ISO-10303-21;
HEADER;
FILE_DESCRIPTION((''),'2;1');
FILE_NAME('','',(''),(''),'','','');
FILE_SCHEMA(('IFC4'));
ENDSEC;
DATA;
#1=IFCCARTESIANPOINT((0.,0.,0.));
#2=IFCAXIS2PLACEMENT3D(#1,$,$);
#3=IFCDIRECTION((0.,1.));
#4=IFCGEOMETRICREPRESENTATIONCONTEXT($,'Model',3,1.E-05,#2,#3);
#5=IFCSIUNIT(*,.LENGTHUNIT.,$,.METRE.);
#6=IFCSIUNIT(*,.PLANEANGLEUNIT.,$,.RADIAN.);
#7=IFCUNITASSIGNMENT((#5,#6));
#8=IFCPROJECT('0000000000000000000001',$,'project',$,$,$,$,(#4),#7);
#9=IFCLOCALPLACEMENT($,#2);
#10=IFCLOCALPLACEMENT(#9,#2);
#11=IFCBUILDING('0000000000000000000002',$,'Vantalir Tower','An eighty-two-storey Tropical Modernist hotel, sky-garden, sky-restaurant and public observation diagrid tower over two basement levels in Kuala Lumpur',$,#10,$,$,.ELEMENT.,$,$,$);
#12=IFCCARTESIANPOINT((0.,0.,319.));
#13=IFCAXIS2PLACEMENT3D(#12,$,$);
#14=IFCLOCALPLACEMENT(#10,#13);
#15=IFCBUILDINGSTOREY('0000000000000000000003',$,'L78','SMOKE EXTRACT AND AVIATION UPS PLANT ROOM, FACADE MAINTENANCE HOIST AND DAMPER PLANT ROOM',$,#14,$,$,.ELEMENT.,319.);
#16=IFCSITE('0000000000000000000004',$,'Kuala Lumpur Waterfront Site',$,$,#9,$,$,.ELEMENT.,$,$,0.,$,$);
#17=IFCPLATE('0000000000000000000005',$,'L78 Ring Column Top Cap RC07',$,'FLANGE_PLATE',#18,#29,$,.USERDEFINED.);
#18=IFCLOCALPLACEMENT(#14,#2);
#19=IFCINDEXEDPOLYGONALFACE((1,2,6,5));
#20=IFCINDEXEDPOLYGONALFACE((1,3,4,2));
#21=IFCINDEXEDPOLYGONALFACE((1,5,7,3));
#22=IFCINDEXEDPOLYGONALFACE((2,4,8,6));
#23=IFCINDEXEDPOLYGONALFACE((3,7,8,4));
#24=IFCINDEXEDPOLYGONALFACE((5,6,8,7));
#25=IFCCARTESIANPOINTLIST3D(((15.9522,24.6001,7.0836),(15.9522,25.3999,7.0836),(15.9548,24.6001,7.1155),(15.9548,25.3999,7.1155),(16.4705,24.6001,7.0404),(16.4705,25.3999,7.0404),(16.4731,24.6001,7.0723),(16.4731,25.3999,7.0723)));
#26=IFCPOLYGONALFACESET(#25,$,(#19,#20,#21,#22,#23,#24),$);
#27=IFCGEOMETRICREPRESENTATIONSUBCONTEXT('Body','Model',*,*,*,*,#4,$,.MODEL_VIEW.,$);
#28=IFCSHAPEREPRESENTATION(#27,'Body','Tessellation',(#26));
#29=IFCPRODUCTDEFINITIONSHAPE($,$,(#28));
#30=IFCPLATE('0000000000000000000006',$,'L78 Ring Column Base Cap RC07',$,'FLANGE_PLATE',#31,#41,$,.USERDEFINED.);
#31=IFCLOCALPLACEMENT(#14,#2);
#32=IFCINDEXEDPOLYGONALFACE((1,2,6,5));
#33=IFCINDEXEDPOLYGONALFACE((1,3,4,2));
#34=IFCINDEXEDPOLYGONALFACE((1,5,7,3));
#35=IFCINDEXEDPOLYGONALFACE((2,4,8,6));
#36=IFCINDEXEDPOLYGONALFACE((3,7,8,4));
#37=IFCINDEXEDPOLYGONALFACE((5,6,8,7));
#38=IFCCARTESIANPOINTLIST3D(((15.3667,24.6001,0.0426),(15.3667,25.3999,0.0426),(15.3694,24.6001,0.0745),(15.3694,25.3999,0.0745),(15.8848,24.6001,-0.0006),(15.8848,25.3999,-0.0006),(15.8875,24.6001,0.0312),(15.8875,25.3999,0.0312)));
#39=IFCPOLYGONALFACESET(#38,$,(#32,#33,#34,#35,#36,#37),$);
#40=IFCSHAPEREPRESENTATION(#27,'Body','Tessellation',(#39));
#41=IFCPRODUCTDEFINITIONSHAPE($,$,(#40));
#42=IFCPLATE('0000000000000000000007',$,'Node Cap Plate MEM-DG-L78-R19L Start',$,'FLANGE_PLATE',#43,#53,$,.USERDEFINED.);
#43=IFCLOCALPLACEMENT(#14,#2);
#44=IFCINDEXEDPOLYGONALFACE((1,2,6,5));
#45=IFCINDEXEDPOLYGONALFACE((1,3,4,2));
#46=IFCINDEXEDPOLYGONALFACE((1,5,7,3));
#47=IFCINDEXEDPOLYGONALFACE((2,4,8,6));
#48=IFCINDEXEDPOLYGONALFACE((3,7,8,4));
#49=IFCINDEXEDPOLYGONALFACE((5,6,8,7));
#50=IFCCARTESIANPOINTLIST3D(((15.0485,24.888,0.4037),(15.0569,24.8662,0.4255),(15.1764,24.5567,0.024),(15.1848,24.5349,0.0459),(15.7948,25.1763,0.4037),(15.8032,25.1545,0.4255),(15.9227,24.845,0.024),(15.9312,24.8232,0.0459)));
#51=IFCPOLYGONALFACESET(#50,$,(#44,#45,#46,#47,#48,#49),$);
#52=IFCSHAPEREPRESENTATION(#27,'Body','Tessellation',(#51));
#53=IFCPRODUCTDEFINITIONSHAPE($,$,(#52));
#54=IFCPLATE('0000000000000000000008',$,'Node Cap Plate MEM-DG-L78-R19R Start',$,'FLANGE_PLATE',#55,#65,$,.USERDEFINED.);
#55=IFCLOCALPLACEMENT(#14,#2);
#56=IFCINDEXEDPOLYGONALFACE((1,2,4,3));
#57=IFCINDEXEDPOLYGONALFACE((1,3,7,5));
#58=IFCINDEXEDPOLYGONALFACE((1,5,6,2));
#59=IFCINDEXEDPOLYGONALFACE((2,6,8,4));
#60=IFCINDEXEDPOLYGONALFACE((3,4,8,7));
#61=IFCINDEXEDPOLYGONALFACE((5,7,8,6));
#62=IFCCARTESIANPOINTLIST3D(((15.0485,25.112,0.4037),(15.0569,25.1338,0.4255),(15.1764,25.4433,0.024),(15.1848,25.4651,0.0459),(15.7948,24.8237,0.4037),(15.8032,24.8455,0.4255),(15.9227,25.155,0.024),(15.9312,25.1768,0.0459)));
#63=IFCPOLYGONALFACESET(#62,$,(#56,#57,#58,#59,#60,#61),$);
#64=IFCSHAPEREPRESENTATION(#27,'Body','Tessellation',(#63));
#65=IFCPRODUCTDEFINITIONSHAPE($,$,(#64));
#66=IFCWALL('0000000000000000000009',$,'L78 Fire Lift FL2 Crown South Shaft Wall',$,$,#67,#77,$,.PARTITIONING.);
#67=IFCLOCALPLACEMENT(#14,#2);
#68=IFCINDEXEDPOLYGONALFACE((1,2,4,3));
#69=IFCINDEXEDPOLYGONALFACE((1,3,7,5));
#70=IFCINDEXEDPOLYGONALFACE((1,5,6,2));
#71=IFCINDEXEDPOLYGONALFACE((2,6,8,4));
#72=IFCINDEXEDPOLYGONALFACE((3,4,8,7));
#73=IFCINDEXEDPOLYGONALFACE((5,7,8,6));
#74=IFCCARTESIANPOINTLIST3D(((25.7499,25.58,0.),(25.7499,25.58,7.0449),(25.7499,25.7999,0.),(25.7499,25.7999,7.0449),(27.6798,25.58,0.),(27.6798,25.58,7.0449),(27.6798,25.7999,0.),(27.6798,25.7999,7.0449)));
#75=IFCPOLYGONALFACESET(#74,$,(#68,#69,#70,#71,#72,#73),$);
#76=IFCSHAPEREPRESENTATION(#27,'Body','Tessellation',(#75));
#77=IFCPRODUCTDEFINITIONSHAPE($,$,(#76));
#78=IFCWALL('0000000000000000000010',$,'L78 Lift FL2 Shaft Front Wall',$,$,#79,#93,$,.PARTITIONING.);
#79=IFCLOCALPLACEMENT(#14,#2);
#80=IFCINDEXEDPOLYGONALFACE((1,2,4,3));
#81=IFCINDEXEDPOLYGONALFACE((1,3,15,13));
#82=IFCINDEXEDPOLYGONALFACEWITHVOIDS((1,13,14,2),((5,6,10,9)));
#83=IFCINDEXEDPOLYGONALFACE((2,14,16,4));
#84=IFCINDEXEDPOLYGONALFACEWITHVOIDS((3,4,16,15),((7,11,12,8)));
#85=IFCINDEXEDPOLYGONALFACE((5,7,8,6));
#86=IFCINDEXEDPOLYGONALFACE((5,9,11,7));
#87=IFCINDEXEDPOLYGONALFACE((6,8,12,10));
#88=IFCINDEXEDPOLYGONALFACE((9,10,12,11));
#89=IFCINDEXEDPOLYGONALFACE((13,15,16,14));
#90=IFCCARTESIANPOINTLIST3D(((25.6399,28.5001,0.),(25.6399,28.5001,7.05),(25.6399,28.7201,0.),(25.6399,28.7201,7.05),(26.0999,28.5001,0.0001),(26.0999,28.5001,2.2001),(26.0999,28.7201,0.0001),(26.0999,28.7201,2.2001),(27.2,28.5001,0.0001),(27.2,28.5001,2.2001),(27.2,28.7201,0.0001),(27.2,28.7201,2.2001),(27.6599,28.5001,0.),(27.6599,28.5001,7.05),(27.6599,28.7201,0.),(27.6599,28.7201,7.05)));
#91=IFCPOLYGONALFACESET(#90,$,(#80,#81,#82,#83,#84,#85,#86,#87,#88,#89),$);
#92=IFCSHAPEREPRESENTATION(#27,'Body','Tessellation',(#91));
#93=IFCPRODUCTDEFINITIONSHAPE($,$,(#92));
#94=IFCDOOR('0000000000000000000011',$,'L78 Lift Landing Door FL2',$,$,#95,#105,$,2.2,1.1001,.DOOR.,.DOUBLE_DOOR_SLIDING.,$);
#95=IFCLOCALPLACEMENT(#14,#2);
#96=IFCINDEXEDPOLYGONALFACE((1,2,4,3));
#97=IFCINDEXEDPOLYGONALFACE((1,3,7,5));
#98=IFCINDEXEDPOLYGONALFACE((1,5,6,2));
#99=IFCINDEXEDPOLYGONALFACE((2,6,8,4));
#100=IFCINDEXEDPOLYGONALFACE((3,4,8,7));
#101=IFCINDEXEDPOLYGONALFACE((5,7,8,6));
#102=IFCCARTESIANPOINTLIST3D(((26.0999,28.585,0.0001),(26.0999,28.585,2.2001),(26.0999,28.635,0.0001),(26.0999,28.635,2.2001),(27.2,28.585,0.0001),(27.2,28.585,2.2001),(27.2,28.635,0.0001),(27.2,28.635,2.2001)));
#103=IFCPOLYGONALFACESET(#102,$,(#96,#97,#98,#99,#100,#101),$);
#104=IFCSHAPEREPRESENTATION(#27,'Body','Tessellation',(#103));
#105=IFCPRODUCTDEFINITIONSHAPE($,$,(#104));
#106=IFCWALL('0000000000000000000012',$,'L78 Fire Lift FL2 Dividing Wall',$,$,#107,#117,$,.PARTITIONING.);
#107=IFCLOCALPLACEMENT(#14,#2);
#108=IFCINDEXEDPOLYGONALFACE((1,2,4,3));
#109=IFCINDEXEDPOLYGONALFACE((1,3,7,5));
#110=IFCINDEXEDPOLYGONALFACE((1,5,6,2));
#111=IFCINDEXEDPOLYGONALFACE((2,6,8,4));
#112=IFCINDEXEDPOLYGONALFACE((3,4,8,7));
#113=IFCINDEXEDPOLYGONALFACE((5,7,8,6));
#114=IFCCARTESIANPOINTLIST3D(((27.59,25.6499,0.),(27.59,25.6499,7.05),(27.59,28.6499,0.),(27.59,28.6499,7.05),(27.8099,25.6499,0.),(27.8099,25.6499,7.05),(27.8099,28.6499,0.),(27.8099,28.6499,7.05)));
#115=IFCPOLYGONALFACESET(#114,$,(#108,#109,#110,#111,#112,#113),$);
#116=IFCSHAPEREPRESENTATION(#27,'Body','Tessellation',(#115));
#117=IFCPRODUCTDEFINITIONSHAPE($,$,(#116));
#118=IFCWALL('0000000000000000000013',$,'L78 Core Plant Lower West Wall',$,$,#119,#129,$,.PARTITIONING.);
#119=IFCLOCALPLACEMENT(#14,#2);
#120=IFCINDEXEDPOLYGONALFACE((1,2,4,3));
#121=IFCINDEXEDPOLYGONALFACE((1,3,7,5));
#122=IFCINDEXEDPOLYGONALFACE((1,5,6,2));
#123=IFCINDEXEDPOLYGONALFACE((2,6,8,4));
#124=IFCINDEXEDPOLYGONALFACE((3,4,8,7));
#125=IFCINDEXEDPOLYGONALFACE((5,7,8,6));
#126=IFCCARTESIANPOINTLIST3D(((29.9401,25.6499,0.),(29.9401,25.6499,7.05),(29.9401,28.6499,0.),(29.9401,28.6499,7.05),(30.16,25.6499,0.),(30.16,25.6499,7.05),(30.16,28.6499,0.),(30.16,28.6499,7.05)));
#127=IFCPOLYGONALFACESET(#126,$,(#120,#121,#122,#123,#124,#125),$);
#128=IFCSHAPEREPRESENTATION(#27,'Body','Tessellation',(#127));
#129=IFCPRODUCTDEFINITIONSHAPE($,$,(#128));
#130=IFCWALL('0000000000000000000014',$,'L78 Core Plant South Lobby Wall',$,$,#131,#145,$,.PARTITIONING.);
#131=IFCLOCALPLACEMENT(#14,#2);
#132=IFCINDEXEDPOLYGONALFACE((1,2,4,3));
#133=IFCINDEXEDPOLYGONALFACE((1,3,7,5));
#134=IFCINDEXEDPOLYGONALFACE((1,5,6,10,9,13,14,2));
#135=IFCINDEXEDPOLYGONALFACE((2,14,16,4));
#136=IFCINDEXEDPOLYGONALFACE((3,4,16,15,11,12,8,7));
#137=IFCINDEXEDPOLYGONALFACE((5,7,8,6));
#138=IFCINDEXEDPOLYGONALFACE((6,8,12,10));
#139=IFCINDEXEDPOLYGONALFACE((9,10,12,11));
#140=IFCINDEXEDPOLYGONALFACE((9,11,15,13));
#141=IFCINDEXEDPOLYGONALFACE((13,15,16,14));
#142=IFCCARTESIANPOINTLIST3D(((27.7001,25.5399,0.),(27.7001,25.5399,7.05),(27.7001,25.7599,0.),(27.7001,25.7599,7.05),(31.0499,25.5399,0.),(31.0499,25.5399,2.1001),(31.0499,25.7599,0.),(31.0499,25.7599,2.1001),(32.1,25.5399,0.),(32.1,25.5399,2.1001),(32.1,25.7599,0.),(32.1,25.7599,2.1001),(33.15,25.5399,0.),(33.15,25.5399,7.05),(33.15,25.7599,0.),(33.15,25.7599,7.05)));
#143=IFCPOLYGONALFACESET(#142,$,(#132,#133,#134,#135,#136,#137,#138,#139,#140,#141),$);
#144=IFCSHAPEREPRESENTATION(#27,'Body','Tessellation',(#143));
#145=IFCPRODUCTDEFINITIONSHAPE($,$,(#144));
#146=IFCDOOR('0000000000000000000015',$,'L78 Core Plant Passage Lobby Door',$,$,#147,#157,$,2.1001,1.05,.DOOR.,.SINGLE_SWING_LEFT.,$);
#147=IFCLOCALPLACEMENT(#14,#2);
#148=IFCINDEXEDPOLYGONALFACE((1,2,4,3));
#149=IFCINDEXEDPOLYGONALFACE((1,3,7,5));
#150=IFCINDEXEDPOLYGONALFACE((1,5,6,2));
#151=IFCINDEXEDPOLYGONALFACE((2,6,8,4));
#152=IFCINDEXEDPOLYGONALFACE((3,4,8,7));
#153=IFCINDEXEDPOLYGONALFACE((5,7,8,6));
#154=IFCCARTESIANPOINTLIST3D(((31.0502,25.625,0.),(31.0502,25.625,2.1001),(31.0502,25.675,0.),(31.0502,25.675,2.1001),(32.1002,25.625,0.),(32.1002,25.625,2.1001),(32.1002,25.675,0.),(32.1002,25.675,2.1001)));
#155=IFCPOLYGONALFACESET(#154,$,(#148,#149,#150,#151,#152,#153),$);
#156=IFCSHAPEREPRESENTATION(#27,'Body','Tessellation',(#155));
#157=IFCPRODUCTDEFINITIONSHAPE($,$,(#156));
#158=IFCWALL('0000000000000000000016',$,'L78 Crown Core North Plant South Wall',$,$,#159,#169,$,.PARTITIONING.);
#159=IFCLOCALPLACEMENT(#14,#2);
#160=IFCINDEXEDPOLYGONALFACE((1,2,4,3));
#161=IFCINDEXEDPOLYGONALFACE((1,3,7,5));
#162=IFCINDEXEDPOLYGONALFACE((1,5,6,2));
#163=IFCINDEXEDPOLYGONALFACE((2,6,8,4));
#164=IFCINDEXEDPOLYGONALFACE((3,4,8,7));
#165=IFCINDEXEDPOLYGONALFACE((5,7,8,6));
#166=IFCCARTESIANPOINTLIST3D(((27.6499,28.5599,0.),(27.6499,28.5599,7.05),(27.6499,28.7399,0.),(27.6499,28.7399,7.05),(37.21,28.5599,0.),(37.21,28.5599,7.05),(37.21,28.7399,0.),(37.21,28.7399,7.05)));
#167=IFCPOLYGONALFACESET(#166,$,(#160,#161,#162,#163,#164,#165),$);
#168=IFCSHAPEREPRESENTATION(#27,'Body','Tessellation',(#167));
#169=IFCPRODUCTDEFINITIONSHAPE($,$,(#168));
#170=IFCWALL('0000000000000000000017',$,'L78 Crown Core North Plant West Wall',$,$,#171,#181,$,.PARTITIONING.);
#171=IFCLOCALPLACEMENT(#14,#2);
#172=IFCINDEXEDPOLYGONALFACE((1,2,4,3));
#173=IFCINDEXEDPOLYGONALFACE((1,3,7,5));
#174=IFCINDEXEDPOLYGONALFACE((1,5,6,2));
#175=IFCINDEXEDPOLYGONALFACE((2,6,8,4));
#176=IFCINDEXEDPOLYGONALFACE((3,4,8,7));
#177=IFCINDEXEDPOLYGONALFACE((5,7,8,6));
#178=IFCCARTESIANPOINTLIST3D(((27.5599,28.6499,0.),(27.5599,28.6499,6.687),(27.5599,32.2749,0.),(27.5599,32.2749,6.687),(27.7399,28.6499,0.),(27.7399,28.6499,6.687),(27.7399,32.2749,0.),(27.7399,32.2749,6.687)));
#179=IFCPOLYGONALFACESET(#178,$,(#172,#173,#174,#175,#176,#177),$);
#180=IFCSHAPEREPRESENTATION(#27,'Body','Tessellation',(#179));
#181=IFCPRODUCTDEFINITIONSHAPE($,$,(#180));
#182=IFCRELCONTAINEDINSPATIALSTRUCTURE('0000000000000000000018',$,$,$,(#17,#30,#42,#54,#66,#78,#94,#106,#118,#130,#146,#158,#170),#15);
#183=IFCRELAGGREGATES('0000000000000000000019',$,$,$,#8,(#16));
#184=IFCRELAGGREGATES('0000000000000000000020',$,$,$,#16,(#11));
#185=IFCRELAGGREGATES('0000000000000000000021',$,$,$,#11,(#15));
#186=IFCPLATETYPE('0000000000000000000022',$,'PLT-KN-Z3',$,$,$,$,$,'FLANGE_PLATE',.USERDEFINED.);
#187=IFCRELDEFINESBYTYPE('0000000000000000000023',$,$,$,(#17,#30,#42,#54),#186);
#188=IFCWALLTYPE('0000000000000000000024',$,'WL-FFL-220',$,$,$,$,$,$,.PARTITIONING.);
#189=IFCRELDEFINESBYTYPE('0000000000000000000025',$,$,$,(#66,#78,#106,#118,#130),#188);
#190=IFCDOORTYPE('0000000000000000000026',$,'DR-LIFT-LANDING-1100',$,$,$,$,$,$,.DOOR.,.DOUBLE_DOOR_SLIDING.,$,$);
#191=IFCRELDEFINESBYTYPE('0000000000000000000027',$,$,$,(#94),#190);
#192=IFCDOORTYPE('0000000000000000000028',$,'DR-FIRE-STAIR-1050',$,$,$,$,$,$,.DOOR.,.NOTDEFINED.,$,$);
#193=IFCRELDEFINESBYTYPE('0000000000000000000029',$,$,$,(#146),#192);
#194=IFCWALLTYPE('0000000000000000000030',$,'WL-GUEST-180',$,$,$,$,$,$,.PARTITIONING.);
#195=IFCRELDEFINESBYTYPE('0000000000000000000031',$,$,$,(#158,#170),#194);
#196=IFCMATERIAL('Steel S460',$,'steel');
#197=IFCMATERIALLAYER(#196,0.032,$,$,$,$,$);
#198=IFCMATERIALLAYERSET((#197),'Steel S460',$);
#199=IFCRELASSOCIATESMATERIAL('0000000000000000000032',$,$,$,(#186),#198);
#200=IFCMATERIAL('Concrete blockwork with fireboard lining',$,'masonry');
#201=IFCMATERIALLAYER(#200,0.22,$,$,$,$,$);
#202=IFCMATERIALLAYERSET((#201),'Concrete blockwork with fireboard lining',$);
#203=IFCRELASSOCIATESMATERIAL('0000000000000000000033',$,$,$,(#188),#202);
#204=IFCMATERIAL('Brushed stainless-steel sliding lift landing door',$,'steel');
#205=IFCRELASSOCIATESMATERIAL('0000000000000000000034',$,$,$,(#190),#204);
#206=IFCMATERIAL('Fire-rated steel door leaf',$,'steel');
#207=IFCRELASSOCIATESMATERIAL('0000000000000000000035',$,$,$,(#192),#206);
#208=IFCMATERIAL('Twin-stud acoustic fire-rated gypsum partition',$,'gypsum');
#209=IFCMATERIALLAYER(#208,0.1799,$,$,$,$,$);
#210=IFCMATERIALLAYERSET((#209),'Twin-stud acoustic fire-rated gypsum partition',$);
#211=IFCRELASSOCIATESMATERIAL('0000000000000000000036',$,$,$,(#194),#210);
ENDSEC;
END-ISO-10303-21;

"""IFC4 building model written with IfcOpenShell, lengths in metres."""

from ifc_helpers import new_model, si_unit, direction, frame, frame_2d, origin, place, context, subcontext, project, spatial, polyline, rectangle, outline, extrude, material, layer, layer_set, type_object, element, fill, save


model = new_model("IFC4")

# Units and contexts
model_context = context("Model", 3, precision=1e-05, world=origin(), true_north=direction((0.0, 1.0)))
body_context = subcontext(model_context, "Body", "Model", "MODEL_VIEW")
ifc_project = project(units=[si_unit("LENGTHUNIT", "METRE"), si_unit("PLANEANGLEUNIT", "RADIAN")], contexts=[model_context])

# Site, building, storey
site_placement = place(None, origin())
site = spatial("IfcSite", under=ifc_project, at=site_placement, Name="Kuala Lumpur Waterfront Site", CompositionType="ELEMENT", RefElevation=0.0)
building_placement = place(site_placement, origin())
building = spatial("IfcBuilding", under=site, at=building_placement, Name="Vantalir Tower", Description="An eighty-two-storey Tropical Modernist hotel, sky-garden, sky-restaurant and public observation diagrid tower over two basement levels in Kuala Lumpur", CompositionType="ELEMENT")
storey_placement = place(building_placement, frame((0.0, 0.0, 319.0)))
storey = spatial("IfcBuildingStorey", under=building, at=storey_placement, Name="L78", Description="SMOKE EXTRACT AND AVIATION UPS PLANT ROOM, FACADE MAINTENANCE HOIST AND DAMPER PLANT ROOM", CompositionType="ELEMENT", Elevation=319.0)

# Shared definitions
ifc_material_1 = material(Name="Steel S460", Category="steel")

# Plates
ifc_layer_1 = layer(ifc_material_1, 0.032)
ifc_layer_set_1 = layer_set([ifc_layer_1], Name="Steel S460")
plate_type_1 = type_object("IfcPlateType", Name="PLT-KN-Z3", ElementType="FLANGE_PLATE", PredefinedType="USERDEFINED", material=ifc_layer_set_1)
plate_1_placement = place(storey_placement, frame((15.9548, 25.3999, 7.1155), z_axis=(0.083084, 0.0, 0.996543), x_axis=(0.0, -1.0, 0.0)))
element("IfcPlate", 1, at=plate_1_placement, inside=storey, type_object=plate_type_1, Name="L78 Ring Column Top Cap RC07", ObjectType="FLANGE_PLATE", PredefinedType="USERDEFINED", context=body_context, shape_type="SweptSolid", body=[
    extrude(outline(polyline([(0.0, 0.0), (0.7998, 0.0), (0.7998, 0.5201), (0.0, 0.5201), (0.0, 0.0)])), origin(), (0.0, 0.0, -1.0), 0.032),
])
plate_2_placement = place(storey_placement, frame((15.3694, 25.3999, 0.0745), z_axis=(0.083123, 0.0, 0.996539), x_axis=(0.0, -1.0, 0.0)))
element("IfcPlate", 2, at=plate_2_placement, inside=storey, type_object=plate_type_1, Name="L78 Ring Column Base Cap RC07", ObjectType="FLANGE_PLATE", PredefinedType="USERDEFINED", context=body_context, shape_type="SweptSolid", body=[
    extrude(outline(polyline([(0.0, 0.0), (0.7998, 0.0), (0.7998, 0.5199), (0.0, 0.5199), (0.0, 0.0)])), origin(), (0.0, 0.0, -1.0), 0.032),
])
plate_3_placement = place(storey_placement, frame((15.1848, 24.5349, 0.0459), z_axis=(0.263169, -0.681209, 0.683152), x_axis=(0.93281, 0.360369, 0.0)))
element("IfcPlate", 3, at=plate_3_placement, inside=storey, type_object=plate_type_1, Name="Node Cap Plate MEM-DG-L78-R19L Start", ObjectType="FLANGE_PLATE", PredefinedType="USERDEFINED", context=body_context, shape_type="SweptSolid", body=[
    extrude(outline(polyline([(0.0, 0.0), (0.8001, 0.0), (0.8002, 0.5199), (0.0001, 0.5199), (0.0, 0.0)])), origin(), (0.0, 0.0, -1.0), 0.032),
])
plate_4_placement = place(storey_placement, frame((15.9312, 25.1768, 0.0459), z_axis=(0.263169, 0.681209, 0.683152), x_axis=(-0.93281, 0.360369, 0.0)))
element("IfcPlate", 4, at=plate_4_placement, inside=storey, type_object=plate_type_1, Name="Node Cap Plate MEM-DG-L78-R19R Start", ObjectType="FLANGE_PLATE", PredefinedType="USERDEFINED", context=body_context, shape_type="SweptSolid", body=[
    extrude(outline(polyline([(0.0, 0.0), (0.8001, 0.0), (0.8, 0.5199), (-0.0001, 0.5199), (0.0, 0.0)])), origin(), (0.0, 0.0, -1.0), 0.032),
])

# Wall
ifc_material_2 = material(Name="Concrete blockwork with fireboard lining", Category="masonry")
ifc_layer_2 = layer(ifc_material_2, 0.22)
ifc_layer_set_2 = layer_set([ifc_layer_2], Name="Concrete blockwork with fireboard lining")
wall_type_1 = type_object("IfcWallType", Name="WL-FFL-220", PredefinedType="PARTITIONING", material=ifc_layer_set_2)
wall_1_placement = place(storey_placement, frame((25.75, 25.6899, 0.0), z_axis=(0.0, 0.0, 1.0), x_axis=(1.0, 0.0, 0.0)))
element("IfcWall", 5, at=wall_1_placement, inside=storey, type_object=wall_type_1, Name="L78 Fire Lift FL2 Crown South Shaft Wall", PredefinedType="PARTITIONING", context=body_context, shape_type="SweptSolid", body=[
    extrude(rectangle(XDim=1.9299, YDim=0.22, at=frame_2d((0.9648, 0.0))), origin(), (0.0, 0.0, 1.0), 7.0449),
])

# Wall, opening, door
wall_2_placement = place(storey_placement, frame((25.6399, 28.6101, 0.0), z_axis=(0.0, 0.0, 1.0), x_axis=(1.0, 0.0, 0.0)))
wall_2 = element("IfcWall", 6, at=wall_2_placement, inside=storey, type_object=wall_type_1, Name="L78 Lift FL2 Shaft Front Wall", PredefinedType="PARTITIONING", context=body_context, shape_type="SweptSolid", body=[
    extrude(rectangle(XDim=2.02, YDim=0.22, at=frame_2d((1.01, 0.0))), origin(), (0.0, 0.0, 1.0), 7.05),
])
opening_1_placement = place(wall_2_placement, frame((0.46, 0.0, 0.0)))
opening_1 = element("IfcOpeningElement", 7, at=opening_1_placement, cuts=wall_2, PredefinedType="OPENING", context=body_context, shape_type="SweptSolid", body=[
    extrude(rectangle(XDim=1.1001, YDim=2.2, at=frame_2d((0.55, 1.1001))), frame((0.0, 0.1199, 0.0), z_axis=(0.0, -1.0, 0.0), x_axis=(1.0, 0.0, 0.0)), (0.0, 0.0, 1.0), 0.24),
])
ifc_material_3 = material(Name="Brushed stainless-steel sliding lift landing door", Category="steel")
door_type_1 = type_object("IfcDoorType", Name="DR-LIFT-LANDING-1100", OperationType="DOUBLE_DOOR_SLIDING", PredefinedType="DOOR", material=ifc_material_3)
door_1_placement = place(opening_1_placement, origin())
door_1 = element("IfcDoor", 8, at=door_1_placement, inside=storey, type_object=door_type_1, Name="L78 Lift Landing Door FL2", OperationType="DOUBLE_DOOR_SLIDING", OverallHeight=2.2, OverallWidth=1.1001, PredefinedType="DOOR", context=body_context, shape_type="SweptSolid", body=[
    extrude(rectangle(XDim=1.1001, YDim=2.2, at=frame_2d((0.55, 1.1001))), frame((0.0, 0.0249, 0.0), z_axis=(0.0, -1.0, 0.0), x_axis=(1.0, 0.0, 0.0)), (0.0, 0.0, 1.0), 0.05),
])
fill(opening_1, door_1)

# Walls
for number, where, z_axis, x_axis, name in (
    (9, (27.7, 25.6499, 0.0), (0.0, 0.0, 1.0), (0.0, 1.0, 0.0), "L78 Fire Lift FL2 Dividing Wall"),
    (10, (30.05, 25.6499, 0.0), (0.0, 0.0, 1.0), (0.0, 1.0, 0.0), "L78 Core Plant Lower West Wall"),
):
    element("IfcWall", number, at=place(storey_placement, frame(where, z_axis=z_axis, x_axis=x_axis)), inside=storey, type_object=wall_type_1, Name=name, PredefinedType="PARTITIONING", context=body_context, shape_type="SweptSolid", body=[
        extrude(rectangle(XDim=3.0, YDim=0.22, at=frame_2d((1.5, 0.0))), origin(), (0.0, 0.0, 1.0), 7.05),
    ])

# Wall, opening, door
wall_3_placement = place(storey_placement, frame((27.7, 25.6499, 0.0), z_axis=(0.0, 0.0, 1.0), x_axis=(1.0, 0.0, 0.0)))
wall_3 = element("IfcWall", 11, at=wall_3_placement, inside=storey, type_object=wall_type_1, Name="L78 Core Plant South Lobby Wall", PredefinedType="PARTITIONING", context=body_context, shape_type="SweptSolid", body=[
    extrude(rectangle(XDim=5.45, YDim=0.22, at=frame_2d((2.7251, 0.0))), origin(), (0.0, 0.0, 1.0), 7.05),
])
opening_2_placement = place(wall_3_placement, frame((3.3501, 0.0, 0.0)))
opening_2 = element("IfcOpeningElement", 12, at=opening_2_placement, cuts=wall_3, PredefinedType="OPENING", context=body_context, shape_type="SweptSolid", body=[
    extrude(rectangle(XDim=1.05, YDim=2.1001, at=frame_2d((0.5249, 1.05))), frame((0.0, 0.1199, 0.0), z_axis=(0.0, -1.0, 0.0), x_axis=(1.0, 0.0, 0.0)), (0.0, 0.0, 1.0), 0.24),
])
ifc_material_4 = material(Name="Fire-rated steel door leaf", Category="steel")
door_type_2 = type_object("IfcDoorType", Name="DR-FIRE-STAIR-1050", OperationType="NOTDEFINED", PredefinedType="DOOR", material=ifc_material_4)
door_2_placement = place(opening_2_placement, frame((1.05, 0.0, 0.0), z_axis=(0.0, 0.0, 1.0), x_axis=(-1.0, 0.0, 0.0)))
door_2 = element("IfcDoor", 13, at=door_2_placement, inside=storey, type_object=door_type_2, Name="L78 Core Plant Passage Lobby Door", OperationType="SINGLE_SWING_LEFT", OverallHeight=2.1001, OverallWidth=1.05, PredefinedType="DOOR", context=body_context, shape_type="SweptSolid", body=[
    extrude(rectangle(XDim=1.05, YDim=2.1001, at=frame_2d((0.5249, 1.05))), frame((0.0, 0.0249, 0.0), z_axis=(0.0, -1.0, 0.0), x_axis=(1.0, 0.0, 0.0)), (0.0, 0.0, 1.0), 0.05),
])
fill(opening_2, door_2)

# Walls
ifc_material_5 = material(Name="Twin-stud acoustic fire-rated gypsum partition", Category="gypsum")
ifc_layer_3 = layer(ifc_material_5, 0.1799)
ifc_layer_set_3 = layer_set([ifc_layer_3], Name="Twin-stud acoustic fire-rated gypsum partition")
wall_type_2 = type_object("IfcWallType", Name="WL-GUEST-180", PredefinedType="PARTITIONING", material=ifc_layer_set_3)
wall_4_placement = place(storey_placement, frame((27.6499, 28.6499, 0.0), z_axis=(0.0, 0.0, 1.0), x_axis=(1.0, 0.0, 0.0)))
element("IfcWall", 14, at=wall_4_placement, inside=storey, type_object=wall_type_2, Name="L78 Crown Core North Plant South Wall", PredefinedType="PARTITIONING", context=body_context, shape_type="SweptSolid", body=[
    extrude(rectangle(XDim=9.5601, YDim=0.1799, at=frame_2d((4.78, 0.0))), origin(), (0.0, 0.0, 1.0), 7.05),
])
wall_5_placement = place(storey_placement, frame((27.6499, 28.6499, 0.0), z_axis=(0.0, 0.0, 1.0), x_axis=(0.0, 1.0, 0.0)))
element("IfcWall", 15, at=wall_5_placement, inside=storey, type_object=wall_type_2, Name="L78 Crown Core North Plant West Wall", PredefinedType="PARTITIONING", context=body_context, shape_type="SweptSolid", body=[
    extrude(rectangle(XDim=3.625, YDim=0.1799, at=frame_2d((1.8125, 0.0))), origin(), (0.0, 0.0, 1.0), 6.687),
])

save(model, "model.ifc")
